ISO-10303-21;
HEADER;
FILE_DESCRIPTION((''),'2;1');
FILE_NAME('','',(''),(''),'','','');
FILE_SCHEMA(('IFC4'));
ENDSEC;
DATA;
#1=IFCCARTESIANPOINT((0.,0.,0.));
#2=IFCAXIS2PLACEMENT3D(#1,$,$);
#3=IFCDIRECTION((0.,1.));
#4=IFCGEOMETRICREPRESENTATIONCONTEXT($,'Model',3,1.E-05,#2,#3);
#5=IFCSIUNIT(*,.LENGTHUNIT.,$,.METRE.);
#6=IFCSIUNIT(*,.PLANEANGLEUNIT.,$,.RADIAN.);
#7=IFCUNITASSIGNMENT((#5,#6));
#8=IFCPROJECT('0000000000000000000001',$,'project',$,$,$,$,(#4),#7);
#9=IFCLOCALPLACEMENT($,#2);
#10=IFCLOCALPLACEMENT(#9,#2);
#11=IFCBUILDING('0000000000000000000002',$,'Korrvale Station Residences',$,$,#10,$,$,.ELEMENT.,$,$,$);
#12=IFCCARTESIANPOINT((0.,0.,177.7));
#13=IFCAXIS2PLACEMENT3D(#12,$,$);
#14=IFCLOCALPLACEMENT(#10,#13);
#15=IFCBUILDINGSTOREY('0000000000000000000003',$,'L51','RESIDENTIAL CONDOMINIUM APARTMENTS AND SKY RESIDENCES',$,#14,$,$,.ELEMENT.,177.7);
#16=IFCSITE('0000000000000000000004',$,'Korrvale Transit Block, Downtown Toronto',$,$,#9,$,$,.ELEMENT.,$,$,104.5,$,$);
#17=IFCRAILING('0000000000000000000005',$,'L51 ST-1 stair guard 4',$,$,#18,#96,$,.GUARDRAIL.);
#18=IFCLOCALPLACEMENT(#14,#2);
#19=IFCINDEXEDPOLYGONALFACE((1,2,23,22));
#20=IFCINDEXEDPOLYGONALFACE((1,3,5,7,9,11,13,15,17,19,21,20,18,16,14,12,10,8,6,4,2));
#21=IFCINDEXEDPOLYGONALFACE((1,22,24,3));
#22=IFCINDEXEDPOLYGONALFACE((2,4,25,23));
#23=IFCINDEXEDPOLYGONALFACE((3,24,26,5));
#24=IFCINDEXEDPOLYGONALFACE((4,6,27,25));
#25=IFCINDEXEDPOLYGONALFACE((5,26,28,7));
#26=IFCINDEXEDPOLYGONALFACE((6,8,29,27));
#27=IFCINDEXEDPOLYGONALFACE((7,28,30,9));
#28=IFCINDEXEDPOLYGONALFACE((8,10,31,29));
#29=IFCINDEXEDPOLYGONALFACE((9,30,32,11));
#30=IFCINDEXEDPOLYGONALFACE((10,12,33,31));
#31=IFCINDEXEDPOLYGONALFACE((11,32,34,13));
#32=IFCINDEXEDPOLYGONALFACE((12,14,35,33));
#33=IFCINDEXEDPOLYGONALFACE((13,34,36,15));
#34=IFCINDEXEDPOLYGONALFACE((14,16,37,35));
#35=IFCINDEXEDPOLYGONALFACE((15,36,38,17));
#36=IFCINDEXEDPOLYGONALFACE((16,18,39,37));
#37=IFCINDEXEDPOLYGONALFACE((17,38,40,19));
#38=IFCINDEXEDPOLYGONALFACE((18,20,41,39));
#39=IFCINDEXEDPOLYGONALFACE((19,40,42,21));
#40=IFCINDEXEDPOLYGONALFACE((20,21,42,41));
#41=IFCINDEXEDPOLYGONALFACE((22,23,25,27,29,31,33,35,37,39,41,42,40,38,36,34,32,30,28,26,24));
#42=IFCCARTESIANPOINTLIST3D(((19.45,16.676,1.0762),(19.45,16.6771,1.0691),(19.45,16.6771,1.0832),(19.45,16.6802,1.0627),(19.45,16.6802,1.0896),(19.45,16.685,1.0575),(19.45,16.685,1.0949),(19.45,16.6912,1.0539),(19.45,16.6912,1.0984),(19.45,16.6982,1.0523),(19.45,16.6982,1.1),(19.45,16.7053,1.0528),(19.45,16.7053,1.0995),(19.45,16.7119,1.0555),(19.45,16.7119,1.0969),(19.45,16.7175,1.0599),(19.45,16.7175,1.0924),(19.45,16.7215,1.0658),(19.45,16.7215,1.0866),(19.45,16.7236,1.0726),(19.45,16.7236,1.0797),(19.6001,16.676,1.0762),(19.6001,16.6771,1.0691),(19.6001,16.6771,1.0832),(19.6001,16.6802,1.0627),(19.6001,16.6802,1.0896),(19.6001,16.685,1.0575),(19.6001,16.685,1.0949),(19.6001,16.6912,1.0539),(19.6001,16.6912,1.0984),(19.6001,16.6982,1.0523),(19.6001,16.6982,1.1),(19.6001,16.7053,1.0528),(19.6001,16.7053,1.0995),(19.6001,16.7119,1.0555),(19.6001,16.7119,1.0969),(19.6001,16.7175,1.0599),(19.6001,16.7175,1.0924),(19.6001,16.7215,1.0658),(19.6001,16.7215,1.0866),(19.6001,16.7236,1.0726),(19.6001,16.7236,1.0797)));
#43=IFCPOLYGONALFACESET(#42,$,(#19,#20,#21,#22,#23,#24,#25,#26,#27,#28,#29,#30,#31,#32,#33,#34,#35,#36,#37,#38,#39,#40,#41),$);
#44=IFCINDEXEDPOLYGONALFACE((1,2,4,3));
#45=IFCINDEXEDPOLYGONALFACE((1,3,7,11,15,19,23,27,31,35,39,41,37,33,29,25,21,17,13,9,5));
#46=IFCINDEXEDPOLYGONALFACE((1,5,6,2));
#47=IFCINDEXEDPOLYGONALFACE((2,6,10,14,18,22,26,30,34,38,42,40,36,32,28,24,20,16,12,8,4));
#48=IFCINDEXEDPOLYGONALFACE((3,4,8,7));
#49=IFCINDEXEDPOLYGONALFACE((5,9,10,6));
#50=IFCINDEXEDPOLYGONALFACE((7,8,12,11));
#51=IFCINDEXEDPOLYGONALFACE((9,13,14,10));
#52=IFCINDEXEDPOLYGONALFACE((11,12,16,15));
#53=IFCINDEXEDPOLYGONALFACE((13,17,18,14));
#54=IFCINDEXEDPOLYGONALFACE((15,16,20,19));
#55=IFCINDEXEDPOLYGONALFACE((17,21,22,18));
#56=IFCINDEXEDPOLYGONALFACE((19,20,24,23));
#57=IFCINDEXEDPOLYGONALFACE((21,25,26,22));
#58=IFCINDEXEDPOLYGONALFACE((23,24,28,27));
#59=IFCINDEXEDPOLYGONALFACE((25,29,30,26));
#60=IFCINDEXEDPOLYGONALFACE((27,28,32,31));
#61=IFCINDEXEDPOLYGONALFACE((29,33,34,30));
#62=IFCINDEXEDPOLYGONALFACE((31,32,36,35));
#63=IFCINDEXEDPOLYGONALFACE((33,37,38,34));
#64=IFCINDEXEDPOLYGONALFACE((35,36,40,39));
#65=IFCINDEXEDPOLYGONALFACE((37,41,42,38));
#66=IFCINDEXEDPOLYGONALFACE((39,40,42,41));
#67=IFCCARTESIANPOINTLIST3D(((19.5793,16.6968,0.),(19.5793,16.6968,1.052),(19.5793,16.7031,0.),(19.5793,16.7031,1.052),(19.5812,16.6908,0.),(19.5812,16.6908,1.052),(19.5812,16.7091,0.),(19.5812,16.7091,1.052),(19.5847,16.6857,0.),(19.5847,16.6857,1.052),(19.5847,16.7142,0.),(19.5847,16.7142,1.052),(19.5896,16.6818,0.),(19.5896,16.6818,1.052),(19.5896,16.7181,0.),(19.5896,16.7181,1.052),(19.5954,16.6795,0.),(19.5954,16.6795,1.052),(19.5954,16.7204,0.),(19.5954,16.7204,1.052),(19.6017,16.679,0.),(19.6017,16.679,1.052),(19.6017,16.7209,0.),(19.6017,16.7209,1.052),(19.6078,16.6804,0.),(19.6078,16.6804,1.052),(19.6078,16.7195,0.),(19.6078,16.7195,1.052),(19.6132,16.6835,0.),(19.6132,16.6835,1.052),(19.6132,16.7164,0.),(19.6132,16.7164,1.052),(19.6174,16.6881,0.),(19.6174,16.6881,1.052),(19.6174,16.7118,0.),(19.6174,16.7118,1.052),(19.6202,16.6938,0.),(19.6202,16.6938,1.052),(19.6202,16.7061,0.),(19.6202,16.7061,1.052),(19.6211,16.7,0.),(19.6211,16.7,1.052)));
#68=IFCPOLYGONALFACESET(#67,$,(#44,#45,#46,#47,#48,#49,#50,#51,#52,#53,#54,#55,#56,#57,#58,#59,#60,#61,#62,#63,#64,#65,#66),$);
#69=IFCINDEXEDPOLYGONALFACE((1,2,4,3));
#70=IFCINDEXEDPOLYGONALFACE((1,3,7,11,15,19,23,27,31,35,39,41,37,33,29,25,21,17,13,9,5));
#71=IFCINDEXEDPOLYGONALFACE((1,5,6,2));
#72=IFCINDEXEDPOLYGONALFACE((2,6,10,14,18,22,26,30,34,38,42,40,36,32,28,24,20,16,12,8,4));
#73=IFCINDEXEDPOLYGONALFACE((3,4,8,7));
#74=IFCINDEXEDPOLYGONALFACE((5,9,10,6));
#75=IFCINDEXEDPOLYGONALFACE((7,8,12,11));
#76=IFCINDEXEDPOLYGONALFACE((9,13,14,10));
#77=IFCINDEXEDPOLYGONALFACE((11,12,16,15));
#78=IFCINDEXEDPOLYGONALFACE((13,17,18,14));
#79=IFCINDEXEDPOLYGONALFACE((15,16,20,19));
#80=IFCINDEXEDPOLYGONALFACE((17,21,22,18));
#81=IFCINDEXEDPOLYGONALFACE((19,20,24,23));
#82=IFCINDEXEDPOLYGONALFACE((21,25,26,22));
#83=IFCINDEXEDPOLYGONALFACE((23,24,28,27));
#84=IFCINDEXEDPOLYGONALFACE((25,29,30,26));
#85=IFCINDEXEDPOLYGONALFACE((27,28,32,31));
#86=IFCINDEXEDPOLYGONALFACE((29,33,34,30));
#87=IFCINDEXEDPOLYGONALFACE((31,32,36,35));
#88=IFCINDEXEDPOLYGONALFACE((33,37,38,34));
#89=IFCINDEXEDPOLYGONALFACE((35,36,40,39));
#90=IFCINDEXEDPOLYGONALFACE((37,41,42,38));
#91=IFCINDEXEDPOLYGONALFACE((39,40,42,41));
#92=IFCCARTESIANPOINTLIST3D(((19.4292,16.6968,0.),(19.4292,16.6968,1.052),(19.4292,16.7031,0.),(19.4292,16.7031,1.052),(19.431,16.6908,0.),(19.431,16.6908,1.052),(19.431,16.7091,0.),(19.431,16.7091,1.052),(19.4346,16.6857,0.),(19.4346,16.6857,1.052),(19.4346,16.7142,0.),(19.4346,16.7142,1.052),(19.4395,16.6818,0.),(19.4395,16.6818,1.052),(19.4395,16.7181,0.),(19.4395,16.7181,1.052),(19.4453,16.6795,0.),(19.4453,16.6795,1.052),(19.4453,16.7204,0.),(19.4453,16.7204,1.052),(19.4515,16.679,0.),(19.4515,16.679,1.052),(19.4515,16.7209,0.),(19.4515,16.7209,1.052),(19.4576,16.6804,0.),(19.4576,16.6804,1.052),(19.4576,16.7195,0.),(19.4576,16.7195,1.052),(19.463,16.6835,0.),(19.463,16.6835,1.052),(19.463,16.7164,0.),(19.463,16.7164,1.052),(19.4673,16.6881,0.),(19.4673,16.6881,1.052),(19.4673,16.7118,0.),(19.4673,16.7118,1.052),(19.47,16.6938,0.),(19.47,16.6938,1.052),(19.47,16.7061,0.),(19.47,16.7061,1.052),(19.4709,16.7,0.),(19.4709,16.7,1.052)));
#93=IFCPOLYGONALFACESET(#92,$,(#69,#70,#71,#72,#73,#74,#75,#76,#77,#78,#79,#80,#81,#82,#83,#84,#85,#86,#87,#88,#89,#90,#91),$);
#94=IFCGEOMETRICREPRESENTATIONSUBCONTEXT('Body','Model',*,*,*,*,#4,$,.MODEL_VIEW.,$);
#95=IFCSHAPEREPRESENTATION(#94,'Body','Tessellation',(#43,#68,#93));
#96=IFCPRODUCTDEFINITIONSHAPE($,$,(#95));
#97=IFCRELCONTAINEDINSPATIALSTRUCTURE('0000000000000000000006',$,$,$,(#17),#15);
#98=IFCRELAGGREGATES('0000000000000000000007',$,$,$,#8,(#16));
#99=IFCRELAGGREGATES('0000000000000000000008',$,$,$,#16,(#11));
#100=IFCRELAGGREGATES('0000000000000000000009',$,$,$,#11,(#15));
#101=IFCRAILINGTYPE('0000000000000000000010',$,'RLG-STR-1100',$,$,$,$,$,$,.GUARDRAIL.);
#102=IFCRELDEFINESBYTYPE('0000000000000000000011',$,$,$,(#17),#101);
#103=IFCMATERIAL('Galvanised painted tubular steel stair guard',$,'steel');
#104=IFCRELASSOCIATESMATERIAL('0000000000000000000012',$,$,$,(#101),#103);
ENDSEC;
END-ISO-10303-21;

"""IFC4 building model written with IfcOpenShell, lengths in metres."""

from ifc_helpers import new_model, si_unit, direction, frame, origin, origin_2d, place, context, subcontext, project, spatial, circle, extrude, material, type_object, element, save


model = new_model("IFC4")

# Units and contexts
model_context = context("Model", 3, precision=1e-05, world=origin(), true_north=direction((0.0, 1.0)))
body_context = subcontext(model_context, "Body", "Model", "MODEL_VIEW")
ifc_project = project(units=[si_unit("LENGTHUNIT", "METRE"), si_unit("PLANEANGLEUNIT", "RADIAN")], contexts=[model_context])

# Site, building, storey
site_placement = place(None, origin())
site = spatial("IfcSite", under=ifc_project, at=site_placement, Name="Korrvale Transit Block, Downtown Toronto", CompositionType="ELEMENT", RefElevation=104.5)
building_placement = place(site_placement, origin())
building = spatial("IfcBuilding", under=site, at=building_placement, Name="Korrvale Station Residences", CompositionType="ELEMENT")
storey_placement = place(building_placement, frame((0.0, 0.0, 177.7)))
storey = spatial("IfcBuildingStorey", under=building, at=storey_placement, Name="L51", Description="RESIDENTIAL CONDOMINIUM APARTMENTS AND SKY RESIDENCES", CompositionType="ELEMENT", Elevation=177.7)

# Railing
ifc_material_1 = material(Name="Galvanised painted tubular steel stair guard", Category="steel")
railing_type_1 = type_object("IfcRailingType", Name="RLG-STR-1100", PredefinedType="GUARDRAIL", material=ifc_material_1)
railing_1_placement = place(storey_placement, frame((19.6001, 16.7, 0.0)))
element("IfcRailing", 1, at=railing_1_placement, inside=storey, type_object=railing_type_1, Name="L51 ST-1 stair guard 4", PredefinedType="GUARDRAIL", context=body_context, shape_type="SweptSolid", body=[
    extrude(circle(Radius=0.0239, at=origin_2d()), frame((0.0, 0.0, 1.0762), z_axis=(-1.0, 0.0, 0.0), x_axis=(0.0, -1.0, 0.0)), (0.0, 0.0, 1.0), 0.1501),
    extrude(circle(Radius=0.021, at=origin_2d()), origin(), (0.0, 0.0, 1.0), 1.052),
    extrude(circle(Radius=0.021, at=origin_2d()), frame((-0.1501, 0.0, 0.0)), (0.0, 0.0, 1.0), 1.052),
])

save(model, "model.ifc")
